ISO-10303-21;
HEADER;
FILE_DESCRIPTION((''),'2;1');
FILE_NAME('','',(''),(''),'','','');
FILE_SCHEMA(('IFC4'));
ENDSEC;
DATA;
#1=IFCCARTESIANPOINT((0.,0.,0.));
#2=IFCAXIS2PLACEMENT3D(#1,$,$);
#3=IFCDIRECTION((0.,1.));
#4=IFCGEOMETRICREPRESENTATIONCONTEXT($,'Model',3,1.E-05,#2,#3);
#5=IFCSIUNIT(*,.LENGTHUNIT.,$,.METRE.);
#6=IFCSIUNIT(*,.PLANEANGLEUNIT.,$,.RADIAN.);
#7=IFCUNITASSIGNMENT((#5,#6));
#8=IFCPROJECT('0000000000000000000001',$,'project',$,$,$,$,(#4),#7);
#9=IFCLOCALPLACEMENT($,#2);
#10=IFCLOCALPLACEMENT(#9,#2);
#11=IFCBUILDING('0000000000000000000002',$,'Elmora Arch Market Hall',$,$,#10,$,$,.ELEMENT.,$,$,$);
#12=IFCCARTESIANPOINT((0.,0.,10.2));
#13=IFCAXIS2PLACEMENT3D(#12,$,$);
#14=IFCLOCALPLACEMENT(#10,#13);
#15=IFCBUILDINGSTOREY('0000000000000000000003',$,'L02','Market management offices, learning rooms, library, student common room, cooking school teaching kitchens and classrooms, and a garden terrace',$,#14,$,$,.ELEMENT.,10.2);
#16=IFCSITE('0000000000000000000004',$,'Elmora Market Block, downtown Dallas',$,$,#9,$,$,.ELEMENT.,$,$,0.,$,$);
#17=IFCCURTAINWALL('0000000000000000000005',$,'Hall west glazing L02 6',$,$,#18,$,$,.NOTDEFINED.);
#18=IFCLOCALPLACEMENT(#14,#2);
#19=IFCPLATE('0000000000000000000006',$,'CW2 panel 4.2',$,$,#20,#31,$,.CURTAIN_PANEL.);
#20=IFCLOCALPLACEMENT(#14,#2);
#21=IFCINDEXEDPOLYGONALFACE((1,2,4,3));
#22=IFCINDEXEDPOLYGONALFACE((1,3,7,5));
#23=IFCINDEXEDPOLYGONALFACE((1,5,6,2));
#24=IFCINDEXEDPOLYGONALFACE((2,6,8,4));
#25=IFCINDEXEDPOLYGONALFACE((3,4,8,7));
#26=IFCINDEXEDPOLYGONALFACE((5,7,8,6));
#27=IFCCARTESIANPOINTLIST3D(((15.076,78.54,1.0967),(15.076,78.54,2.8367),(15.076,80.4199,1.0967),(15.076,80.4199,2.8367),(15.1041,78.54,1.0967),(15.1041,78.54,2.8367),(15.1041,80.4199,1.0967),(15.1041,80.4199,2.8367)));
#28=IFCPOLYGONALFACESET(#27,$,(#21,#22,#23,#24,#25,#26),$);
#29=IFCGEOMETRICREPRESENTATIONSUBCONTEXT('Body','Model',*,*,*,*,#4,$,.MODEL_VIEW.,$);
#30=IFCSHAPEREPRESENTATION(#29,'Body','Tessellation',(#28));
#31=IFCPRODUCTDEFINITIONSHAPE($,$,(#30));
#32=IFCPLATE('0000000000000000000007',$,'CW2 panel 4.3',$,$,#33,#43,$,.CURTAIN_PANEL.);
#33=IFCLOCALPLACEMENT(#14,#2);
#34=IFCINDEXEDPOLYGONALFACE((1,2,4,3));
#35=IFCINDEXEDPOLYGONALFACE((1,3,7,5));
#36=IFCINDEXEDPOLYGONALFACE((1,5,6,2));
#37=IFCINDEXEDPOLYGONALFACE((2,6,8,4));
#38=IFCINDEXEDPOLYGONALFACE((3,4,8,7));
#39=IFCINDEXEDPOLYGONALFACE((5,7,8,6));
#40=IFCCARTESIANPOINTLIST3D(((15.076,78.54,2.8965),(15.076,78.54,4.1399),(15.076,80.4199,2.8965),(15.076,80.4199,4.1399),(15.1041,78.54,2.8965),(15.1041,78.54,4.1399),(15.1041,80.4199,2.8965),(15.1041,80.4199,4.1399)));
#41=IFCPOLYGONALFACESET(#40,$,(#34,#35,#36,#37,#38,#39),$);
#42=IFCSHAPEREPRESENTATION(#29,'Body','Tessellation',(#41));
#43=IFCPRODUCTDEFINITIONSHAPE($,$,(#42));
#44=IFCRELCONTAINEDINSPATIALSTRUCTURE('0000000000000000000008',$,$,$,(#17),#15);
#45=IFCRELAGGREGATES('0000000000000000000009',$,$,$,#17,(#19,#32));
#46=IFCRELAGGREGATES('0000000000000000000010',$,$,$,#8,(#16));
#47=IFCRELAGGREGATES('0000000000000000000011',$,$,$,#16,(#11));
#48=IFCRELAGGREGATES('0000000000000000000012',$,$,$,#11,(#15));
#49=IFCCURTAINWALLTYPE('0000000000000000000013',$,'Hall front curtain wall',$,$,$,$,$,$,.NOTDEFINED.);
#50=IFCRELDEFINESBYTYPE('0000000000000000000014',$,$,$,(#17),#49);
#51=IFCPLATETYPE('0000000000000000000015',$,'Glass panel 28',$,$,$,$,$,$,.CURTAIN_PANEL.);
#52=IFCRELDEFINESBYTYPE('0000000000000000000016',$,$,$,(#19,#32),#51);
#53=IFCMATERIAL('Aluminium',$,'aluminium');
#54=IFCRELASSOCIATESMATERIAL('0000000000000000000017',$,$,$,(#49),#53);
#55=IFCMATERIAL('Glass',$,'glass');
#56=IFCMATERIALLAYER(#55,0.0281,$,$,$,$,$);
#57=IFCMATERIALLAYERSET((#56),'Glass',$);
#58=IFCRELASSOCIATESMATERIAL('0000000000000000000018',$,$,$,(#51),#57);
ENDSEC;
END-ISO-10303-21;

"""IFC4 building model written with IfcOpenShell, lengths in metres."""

from ifc_helpers import new_model, si_unit, direction, frame, origin, origin_2d, place, context, subcontext, project, spatial, rectangle, extrude, material, layer, layer_set, type_object, element, aggregate, save


model = new_model("IFC4")

# Units and contexts
model_context = context("Model", 3, precision=1e-05, world=origin(), true_north=direction((0.0, 1.0)))
body_context = subcontext(model_context, "Body", "Model", "MODEL_VIEW")
ifc_project = project(units=[si_unit("LENGTHUNIT", "METRE"), si_unit("PLANEANGLEUNIT", "RADIAN")], contexts=[model_context])

# Site, building, storey
site_placement = place(None, origin())
site = spatial("IfcSite", under=ifc_project, at=site_placement, Name="Elmora Market Block, downtown Dallas", CompositionType="ELEMENT", RefElevation=0.0)
building_placement = place(site_placement, origin())
building = spatial("IfcBuilding", under=site, at=building_placement, Name="Elmora Arch Market Hall", CompositionType="ELEMENT")
storey_placement = place(building_placement, frame((0.0, 0.0, 10.2)))
storey = spatial("IfcBuildingStorey", under=building, at=storey_placement, Name="L02", Description="Market management offices, learning rooms, library, student common room, cooking school teaching kitchens and classrooms, and a garden terrace", CompositionType="ELEMENT", Elevation=10.2)

# Shared definitions
ifc_material_1 = material(Name="Aluminium", Category="aluminium")
curtain_wall_type = type_object("IfcCurtainWallType", Name="Hall front curtain wall", PredefinedType="NOTDEFINED", material=ifc_material_1)

# Curtain wall
curtain_wall_1_placement = place(storey_placement, origin())
curtain_wall_1 = element("IfcCurtainWall", 1, at=curtain_wall_1_placement, inside=storey, type_object=curtain_wall_type, Name="Hall west glazing L02 6", PredefinedType="NOTDEFINED")

# Plates
ifc_material_2 = material(Name="Glass", Category="glass")
ifc_layer = layer(ifc_material_2, 0.0281)
ifc_layer_set = layer_set([ifc_layer], Name="Glass")
plate_type = type_object("IfcPlateType", Name="Glass panel 28", PredefinedType="CURTAIN_PANEL", material=ifc_layer_set)
plate_1_placement = place(storey_placement, frame((15.0901, 79.48, 1.0967), z_axis=(0.0, 0.0, 1.0), x_axis=(0.0, 1.0, 0.0)))
plate_1 = element("IfcPlate", 2, at=plate_1_placement, type_object=plate_type, Name="CW2 panel 4.2", PredefinedType="CURTAIN_PANEL", context=body_context, shape_type="SweptSolid", body=[
    extrude(rectangle(XDim=1.8799, YDim=0.0281, at=origin_2d()), origin(), (0.0, 0.0, 1.0), 1.74),
])
plate_2_placement = place(storey_placement, frame((15.0901, 79.48, 2.8965), z_axis=(0.0, 0.0, 1.0), x_axis=(0.0, 1.0, 0.0)))
plate_2 = element("IfcPlate", 3, at=plate_2_placement, type_object=plate_type, Name="CW2 panel 4.3", PredefinedType="CURTAIN_PANEL", context=body_context, shape_type="SweptSolid", body=[
    extrude(rectangle(XDim=1.8799, YDim=0.0281, at=origin_2d()), origin(), (0.0, 0.0, 1.0), 1.2434),
])
aggregate(curtain_wall_1, [plate_1, plate_2])

save(model, "model.ifc")
